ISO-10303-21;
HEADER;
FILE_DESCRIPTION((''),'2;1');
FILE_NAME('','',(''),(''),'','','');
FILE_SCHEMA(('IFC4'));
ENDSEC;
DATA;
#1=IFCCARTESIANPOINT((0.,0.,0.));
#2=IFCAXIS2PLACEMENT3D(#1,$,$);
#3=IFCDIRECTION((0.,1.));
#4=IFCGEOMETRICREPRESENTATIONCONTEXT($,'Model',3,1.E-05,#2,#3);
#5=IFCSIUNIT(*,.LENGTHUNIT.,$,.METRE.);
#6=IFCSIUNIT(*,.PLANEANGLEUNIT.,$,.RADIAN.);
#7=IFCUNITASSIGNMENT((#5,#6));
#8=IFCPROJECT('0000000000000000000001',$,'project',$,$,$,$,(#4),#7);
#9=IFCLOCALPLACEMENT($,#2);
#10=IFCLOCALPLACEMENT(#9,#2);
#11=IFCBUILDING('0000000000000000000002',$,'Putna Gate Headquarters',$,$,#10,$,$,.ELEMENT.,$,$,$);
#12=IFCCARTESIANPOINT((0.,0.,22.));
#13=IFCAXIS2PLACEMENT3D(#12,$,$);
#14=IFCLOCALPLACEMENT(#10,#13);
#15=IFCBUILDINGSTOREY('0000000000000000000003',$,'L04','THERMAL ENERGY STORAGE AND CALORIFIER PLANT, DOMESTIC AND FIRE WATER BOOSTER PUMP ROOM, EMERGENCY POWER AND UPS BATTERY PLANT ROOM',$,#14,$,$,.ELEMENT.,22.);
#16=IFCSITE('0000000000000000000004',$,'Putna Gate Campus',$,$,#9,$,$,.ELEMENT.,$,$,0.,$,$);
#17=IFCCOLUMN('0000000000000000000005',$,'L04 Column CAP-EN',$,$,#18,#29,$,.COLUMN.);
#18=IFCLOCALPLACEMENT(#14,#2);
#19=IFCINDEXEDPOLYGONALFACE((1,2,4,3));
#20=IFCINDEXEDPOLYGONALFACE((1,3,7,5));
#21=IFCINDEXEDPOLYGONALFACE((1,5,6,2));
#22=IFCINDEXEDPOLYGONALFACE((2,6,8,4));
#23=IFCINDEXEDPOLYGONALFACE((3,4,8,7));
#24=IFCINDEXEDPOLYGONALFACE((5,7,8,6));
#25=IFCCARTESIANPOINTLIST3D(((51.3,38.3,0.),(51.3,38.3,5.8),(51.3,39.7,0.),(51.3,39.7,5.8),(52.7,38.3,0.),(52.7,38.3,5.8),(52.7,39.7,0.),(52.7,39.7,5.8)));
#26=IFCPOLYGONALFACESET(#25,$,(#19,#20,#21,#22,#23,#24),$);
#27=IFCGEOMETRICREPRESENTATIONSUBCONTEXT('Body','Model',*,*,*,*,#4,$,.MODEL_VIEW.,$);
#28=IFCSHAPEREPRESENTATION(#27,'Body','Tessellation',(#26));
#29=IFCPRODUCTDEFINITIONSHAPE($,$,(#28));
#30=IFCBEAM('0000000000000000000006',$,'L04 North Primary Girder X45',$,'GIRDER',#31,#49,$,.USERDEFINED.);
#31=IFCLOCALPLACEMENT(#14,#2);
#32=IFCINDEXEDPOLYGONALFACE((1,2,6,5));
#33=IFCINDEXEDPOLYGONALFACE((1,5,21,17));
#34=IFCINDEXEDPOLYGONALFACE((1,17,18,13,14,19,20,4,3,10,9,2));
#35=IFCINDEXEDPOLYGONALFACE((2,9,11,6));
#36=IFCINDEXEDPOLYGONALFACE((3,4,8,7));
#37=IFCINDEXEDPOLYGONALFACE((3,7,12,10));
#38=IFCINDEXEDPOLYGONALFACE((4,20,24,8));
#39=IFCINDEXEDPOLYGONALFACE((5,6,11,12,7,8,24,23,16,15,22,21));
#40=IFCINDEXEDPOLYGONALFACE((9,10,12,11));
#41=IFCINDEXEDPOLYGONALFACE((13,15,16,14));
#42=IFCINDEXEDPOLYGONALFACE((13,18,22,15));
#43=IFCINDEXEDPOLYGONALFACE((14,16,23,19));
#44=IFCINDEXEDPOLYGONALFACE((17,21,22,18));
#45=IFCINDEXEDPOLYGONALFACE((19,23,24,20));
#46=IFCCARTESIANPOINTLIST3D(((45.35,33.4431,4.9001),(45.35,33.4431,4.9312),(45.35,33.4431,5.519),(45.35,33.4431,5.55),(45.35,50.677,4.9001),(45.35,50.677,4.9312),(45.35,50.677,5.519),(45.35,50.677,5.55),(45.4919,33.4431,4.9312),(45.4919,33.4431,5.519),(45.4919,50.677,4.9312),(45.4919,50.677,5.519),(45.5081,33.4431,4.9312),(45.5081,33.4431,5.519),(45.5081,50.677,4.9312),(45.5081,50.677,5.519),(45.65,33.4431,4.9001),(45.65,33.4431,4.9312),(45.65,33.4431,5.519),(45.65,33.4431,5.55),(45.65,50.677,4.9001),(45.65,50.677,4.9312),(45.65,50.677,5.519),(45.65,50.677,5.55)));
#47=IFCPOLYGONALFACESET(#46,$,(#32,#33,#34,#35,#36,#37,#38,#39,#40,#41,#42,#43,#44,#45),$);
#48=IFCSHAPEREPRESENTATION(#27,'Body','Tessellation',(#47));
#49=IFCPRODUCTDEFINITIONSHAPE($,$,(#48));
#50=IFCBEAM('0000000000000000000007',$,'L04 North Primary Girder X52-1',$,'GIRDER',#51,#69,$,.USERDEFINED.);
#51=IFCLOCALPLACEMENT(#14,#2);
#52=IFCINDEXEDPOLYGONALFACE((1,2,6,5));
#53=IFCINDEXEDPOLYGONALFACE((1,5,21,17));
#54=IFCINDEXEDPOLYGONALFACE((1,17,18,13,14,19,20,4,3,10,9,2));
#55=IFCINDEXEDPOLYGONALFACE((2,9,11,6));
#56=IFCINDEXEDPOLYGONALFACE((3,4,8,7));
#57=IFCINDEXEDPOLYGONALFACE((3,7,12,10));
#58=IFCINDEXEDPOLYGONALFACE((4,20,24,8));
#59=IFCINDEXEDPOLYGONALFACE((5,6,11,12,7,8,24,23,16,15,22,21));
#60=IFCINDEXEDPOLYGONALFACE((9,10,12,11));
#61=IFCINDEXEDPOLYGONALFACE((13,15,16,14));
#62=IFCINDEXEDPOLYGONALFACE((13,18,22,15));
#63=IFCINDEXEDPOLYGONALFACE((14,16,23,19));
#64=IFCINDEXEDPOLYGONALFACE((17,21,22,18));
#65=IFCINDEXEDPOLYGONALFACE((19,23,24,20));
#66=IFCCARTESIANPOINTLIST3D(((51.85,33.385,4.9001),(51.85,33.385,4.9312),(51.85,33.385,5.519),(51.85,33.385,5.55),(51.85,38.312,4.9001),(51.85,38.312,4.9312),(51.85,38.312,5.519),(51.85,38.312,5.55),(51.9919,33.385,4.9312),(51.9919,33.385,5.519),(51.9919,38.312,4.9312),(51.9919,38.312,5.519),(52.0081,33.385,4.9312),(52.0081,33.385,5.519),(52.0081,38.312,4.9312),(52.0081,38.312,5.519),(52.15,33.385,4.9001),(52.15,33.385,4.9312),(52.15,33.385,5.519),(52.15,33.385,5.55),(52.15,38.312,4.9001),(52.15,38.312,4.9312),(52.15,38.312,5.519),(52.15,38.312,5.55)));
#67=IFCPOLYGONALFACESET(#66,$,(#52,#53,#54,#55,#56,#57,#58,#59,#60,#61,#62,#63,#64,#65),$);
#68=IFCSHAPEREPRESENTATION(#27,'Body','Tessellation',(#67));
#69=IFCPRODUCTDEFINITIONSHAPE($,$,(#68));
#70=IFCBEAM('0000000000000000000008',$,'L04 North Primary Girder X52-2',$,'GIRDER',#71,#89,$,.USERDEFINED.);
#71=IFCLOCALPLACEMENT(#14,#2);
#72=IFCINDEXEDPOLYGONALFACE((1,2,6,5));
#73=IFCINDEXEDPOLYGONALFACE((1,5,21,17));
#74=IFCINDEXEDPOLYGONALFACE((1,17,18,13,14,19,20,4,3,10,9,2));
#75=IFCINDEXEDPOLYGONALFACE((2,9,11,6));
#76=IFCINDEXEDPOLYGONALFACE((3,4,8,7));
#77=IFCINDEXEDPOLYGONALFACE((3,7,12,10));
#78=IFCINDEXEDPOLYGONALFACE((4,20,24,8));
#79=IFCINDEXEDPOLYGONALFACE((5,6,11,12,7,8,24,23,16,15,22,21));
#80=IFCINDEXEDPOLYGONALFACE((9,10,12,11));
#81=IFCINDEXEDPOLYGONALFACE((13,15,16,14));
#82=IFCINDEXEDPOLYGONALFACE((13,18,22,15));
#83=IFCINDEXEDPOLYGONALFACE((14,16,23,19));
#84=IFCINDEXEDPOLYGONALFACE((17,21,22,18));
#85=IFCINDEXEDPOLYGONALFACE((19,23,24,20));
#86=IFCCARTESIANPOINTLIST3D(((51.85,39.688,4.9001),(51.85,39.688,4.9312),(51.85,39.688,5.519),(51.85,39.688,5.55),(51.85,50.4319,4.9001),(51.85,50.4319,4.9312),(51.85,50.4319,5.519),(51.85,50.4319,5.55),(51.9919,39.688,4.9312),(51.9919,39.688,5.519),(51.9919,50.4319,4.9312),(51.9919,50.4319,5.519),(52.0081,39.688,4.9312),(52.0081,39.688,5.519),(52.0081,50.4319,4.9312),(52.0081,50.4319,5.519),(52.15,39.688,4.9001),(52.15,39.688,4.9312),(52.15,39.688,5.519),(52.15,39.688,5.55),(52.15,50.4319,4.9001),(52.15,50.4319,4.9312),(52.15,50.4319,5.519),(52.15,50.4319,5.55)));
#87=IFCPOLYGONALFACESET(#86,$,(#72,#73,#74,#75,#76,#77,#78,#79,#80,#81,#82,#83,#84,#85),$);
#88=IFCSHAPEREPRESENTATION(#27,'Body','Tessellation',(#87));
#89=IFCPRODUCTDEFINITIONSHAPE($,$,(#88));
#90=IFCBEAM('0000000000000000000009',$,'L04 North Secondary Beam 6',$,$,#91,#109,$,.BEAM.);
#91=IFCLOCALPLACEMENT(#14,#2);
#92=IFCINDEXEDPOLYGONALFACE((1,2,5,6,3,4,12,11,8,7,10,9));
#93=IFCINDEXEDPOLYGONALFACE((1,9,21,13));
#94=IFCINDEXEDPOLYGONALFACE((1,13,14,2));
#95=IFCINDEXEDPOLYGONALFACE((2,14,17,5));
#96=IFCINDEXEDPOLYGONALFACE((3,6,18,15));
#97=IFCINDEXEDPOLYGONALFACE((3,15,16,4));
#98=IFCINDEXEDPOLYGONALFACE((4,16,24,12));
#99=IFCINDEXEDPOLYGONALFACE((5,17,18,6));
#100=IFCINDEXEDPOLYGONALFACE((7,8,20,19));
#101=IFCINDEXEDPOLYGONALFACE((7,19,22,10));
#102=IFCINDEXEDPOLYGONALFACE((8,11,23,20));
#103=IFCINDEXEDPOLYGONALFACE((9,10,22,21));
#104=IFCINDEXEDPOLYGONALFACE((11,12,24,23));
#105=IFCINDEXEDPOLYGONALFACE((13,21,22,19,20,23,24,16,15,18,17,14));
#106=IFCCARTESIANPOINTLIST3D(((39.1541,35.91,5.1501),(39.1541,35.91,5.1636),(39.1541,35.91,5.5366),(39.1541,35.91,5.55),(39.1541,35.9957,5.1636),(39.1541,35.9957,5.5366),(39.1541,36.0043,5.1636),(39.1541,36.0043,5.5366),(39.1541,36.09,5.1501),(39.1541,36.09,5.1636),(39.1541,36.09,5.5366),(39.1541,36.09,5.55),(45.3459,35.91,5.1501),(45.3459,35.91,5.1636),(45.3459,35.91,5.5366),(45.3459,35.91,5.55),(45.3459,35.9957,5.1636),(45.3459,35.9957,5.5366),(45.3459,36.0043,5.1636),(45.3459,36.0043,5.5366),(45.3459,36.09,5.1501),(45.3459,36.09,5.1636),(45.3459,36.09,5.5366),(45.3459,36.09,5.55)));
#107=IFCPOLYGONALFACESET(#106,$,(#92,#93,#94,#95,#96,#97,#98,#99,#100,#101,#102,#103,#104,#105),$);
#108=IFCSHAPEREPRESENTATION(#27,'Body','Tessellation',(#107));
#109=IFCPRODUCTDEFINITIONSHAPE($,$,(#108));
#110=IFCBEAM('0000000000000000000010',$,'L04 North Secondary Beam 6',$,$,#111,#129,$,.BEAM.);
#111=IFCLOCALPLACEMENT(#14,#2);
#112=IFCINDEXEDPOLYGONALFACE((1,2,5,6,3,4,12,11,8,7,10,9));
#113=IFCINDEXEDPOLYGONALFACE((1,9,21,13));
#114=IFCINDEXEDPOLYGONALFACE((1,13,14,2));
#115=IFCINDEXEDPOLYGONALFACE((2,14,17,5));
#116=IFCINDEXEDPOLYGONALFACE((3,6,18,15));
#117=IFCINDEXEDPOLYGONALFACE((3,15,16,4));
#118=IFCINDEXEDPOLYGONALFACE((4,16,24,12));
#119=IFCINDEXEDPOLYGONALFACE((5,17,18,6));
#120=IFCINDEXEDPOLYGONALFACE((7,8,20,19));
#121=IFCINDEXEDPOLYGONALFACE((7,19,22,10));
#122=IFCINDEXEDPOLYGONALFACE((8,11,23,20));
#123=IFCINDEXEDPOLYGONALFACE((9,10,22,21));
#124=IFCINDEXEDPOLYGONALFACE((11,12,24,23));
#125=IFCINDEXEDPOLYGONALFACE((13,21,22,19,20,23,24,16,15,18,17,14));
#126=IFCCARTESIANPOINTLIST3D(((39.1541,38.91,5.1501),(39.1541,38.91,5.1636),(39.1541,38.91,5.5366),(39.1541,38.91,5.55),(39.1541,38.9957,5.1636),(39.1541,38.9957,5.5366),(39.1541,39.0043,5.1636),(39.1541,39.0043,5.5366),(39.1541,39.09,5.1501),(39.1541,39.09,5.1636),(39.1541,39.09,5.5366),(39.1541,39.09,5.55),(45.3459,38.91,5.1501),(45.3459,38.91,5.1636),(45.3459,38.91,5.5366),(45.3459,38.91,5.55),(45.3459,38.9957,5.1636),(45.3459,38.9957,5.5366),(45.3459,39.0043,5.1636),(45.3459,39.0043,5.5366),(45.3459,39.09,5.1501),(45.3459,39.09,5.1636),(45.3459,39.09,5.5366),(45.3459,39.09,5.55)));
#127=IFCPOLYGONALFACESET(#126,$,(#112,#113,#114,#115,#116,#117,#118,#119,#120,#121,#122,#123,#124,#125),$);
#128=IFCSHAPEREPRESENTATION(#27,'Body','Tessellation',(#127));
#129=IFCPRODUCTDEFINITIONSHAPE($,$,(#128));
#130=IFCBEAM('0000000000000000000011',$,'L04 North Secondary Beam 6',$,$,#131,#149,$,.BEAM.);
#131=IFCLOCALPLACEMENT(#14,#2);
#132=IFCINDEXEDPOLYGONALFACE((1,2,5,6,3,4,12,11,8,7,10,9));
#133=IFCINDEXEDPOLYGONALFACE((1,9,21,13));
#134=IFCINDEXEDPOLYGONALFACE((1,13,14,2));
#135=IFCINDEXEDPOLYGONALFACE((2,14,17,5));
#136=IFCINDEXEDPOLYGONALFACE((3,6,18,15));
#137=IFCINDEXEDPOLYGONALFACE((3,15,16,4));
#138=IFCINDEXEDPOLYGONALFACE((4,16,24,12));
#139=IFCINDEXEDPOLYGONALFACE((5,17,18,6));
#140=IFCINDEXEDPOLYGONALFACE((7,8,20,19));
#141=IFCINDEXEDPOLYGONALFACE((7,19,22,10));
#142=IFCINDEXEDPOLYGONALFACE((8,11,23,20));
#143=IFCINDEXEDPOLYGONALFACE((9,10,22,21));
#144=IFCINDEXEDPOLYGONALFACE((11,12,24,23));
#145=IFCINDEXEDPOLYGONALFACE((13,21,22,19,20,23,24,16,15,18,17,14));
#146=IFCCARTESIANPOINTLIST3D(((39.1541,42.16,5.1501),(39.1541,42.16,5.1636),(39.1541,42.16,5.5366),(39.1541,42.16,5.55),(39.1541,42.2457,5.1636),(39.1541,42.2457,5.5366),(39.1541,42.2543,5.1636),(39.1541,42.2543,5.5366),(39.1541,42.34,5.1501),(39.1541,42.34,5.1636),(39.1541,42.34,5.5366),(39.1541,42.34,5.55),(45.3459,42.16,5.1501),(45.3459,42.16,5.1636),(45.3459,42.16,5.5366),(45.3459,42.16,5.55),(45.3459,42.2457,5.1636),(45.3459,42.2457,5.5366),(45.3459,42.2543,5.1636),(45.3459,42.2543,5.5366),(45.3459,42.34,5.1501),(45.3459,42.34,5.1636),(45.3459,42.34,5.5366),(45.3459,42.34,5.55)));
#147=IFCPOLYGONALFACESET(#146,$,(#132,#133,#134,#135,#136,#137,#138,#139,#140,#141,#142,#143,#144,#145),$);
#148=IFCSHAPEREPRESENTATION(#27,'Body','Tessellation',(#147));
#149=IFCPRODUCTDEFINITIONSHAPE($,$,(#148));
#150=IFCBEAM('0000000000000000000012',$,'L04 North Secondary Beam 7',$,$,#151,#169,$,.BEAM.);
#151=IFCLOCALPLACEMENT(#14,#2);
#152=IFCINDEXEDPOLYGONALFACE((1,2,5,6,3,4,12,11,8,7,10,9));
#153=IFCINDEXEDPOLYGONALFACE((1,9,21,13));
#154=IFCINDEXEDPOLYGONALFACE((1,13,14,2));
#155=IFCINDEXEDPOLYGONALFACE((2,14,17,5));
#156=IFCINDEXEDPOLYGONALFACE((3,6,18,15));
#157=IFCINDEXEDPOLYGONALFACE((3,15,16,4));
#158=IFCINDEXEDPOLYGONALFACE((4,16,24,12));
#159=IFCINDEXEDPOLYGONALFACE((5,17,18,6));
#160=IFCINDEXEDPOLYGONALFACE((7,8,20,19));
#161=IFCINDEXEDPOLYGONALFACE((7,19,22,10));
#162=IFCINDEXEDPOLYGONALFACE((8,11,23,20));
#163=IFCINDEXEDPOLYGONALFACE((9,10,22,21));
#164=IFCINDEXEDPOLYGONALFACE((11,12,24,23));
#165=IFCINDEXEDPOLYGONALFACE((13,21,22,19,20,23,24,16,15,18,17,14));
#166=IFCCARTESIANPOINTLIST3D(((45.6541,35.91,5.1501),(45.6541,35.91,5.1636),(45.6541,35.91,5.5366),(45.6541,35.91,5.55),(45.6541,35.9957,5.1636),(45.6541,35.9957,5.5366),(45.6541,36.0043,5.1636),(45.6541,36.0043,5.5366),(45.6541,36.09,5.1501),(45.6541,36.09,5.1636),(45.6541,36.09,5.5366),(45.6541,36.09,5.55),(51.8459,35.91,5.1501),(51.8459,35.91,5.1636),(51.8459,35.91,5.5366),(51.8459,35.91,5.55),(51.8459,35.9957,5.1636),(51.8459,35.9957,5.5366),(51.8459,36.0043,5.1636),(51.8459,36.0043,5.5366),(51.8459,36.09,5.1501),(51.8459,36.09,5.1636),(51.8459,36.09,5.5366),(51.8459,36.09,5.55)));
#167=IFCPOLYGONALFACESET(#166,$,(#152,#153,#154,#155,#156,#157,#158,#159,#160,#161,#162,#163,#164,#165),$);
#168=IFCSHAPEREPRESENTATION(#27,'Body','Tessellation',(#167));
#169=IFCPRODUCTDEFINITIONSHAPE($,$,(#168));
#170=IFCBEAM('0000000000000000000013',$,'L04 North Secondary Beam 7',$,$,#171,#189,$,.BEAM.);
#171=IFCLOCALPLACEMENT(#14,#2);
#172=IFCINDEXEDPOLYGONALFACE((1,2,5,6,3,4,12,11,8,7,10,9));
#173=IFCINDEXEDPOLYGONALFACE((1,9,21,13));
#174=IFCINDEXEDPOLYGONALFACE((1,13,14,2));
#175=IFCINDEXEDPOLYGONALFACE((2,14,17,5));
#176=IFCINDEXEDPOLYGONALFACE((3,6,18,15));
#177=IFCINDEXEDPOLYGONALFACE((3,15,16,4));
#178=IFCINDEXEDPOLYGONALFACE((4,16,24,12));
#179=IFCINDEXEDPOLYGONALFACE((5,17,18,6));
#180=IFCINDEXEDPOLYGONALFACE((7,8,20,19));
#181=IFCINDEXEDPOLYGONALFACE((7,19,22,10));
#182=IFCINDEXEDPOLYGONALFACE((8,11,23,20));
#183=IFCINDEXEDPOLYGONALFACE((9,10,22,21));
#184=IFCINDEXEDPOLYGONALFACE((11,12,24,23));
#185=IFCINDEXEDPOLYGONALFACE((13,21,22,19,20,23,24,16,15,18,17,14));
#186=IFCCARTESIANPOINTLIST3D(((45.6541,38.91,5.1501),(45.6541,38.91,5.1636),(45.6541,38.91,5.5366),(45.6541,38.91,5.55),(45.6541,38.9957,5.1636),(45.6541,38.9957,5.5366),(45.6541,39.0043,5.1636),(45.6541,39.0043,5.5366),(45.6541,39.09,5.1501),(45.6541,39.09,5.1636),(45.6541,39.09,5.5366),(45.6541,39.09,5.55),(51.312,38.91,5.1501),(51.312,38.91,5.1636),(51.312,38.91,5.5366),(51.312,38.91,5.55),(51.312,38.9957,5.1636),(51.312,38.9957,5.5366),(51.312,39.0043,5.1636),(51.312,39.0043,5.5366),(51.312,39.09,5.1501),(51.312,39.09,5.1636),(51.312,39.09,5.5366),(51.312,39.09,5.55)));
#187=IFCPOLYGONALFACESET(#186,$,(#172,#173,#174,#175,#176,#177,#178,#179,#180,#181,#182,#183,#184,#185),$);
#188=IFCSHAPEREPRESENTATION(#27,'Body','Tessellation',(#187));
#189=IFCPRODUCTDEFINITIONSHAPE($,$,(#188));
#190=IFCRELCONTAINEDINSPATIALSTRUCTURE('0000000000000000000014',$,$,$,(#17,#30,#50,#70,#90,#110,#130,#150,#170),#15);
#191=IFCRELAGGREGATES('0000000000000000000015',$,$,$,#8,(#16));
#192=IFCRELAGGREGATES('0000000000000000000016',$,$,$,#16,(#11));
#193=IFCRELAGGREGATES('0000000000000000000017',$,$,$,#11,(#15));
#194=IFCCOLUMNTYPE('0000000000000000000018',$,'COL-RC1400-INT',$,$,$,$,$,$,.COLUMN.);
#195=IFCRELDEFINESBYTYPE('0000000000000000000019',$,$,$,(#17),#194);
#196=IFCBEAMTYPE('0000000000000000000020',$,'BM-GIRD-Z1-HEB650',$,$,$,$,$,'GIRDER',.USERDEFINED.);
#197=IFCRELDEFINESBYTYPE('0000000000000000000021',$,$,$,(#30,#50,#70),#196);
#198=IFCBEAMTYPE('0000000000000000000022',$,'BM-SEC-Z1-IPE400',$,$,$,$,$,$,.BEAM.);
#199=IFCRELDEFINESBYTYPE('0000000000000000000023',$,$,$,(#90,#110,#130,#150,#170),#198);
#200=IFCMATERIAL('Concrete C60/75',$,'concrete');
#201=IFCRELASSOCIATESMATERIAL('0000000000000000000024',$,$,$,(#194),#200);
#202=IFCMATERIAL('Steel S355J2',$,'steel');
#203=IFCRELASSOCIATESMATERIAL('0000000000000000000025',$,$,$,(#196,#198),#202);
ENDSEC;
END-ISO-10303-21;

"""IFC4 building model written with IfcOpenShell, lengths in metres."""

from ifc_helpers import new_model, si_unit, direction, frame, origin, origin_2d, place, context, subcontext, project, spatial, rectangle, i_section, extrude, material, material_profile, profile_set, type_object, element, save


model = new_model("IFC4")

# Units and contexts
model_context = context("Model", 3, precision=1e-05, world=origin(), true_north=direction((0.0, 1.0)))
body_context = subcontext(model_context, "Body", "Model", "MODEL_VIEW")
ifc_project = project(units=[si_unit("LENGTHUNIT", "METRE"), si_unit("PLANEANGLEUNIT", "RADIAN")], contexts=[model_context])

# Site, building, storey
site_placement = place(None, origin())
site = spatial("IfcSite", under=ifc_project, at=site_placement, Name="Putna Gate Campus", CompositionType="ELEMENT", RefElevation=0.0)
building_placement = place(site_placement, origin())
building = spatial("IfcBuilding", under=site, at=building_placement, Name="Putna Gate Headquarters", CompositionType="ELEMENT")
storey_placement = place(building_placement, frame((0.0, 0.0, 22.0)))
storey = spatial("IfcBuildingStorey", under=building, at=storey_placement, Name="L04", Description="THERMAL ENERGY STORAGE AND CALORIFIER PLANT, DOMESTIC AND FIRE WATER BOOSTER PUMP ROOM, EMERGENCY POWER AND UPS BATTERY PLANT ROOM", CompositionType="ELEMENT", Elevation=22.0)

# Column
ifc_material_1 = material(Name="Concrete C60/75", Category="concrete")
ifc_material_profile_1 = material_profile(ifc_material_1, rectangle(XDim=1.3999, YDim=1.3999, at=origin_2d()), Name="Concrete C60/75")
ifc_profile_set_1 = profile_set([ifc_material_profile_1], Name="Concrete C60/75")
column_type = type_object("IfcColumnType", Name="COL-RC1400-INT", PredefinedType="COLUMN", material=ifc_profile_set_1)
column_placement = place(storey_placement, frame((52.0, 39.0, 0.0), z_axis=(0.0, 0.0, 1.0), x_axis=(1.0, 0.0, 0.0)))
element("IfcColumn", 1, at=column_placement, inside=storey, type_object=column_type, Name="L04 Column CAP-EN", PredefinedType="COLUMN", context=body_context, shape_type="SweptSolid", body=[
    extrude(rectangle(XDim=1.3999, YDim=1.3999, at=origin_2d()), origin(), (0.0, 0.0, 1.0), 5.8),
])

# Beams
ifc_material_2 = material(Name="Steel S355J2", Category="steel")
ifc_material_profile_2 = material_profile(ifc_material_2, i_section(OverallWidth=0.3, OverallDepth=0.6499, WebThickness=0.0161, FlangeThickness=0.031, at=origin_2d()), Name="Steel S355J2")
ifc_profile_set_2 = profile_set([ifc_material_profile_2], Name="Steel S355J2")
beam_type_1 = type_object("IfcBeamType", Name="BM-GIRD-Z1-HEB650", ElementType="GIRDER", PredefinedType="USERDEFINED", material=ifc_profile_set_2)
beam_1_placement = place(storey_placement, frame((45.5, 33.4431, 5.2251), z_axis=(0.0, 1.0, 0.0), x_axis=(-1.0, 0.0, 0.0)))
element("IfcBeam", 2, at=beam_1_placement, inside=storey, type_object=beam_type_1, Name="L04 North Primary Girder X45", ObjectType="GIRDER", PredefinedType="USERDEFINED", context=body_context, shape_type="SweptSolid", body=[
    extrude(i_section(OverallWidth=0.3, OverallDepth=0.6499, WebThickness=0.0161, FlangeThickness=0.031, at=origin_2d()), origin(), (0.0, 0.0, 1.0), 17.2339),
])
beam_2_placement = place(storey_placement, frame((52.0, 33.385, 5.2251), z_axis=(0.0, 1.0, 0.0), x_axis=(-1.0, 0.0, 0.0)))
element("IfcBeam", 3, at=beam_2_placement, inside=storey, type_object=beam_type_1, Name="L04 North Primary Girder X52-1", ObjectType="GIRDER", PredefinedType="USERDEFINED", context=body_context, shape_type="SweptSolid", body=[
    extrude(i_section(OverallWidth=0.3, OverallDepth=0.6499, WebThickness=0.0161, FlangeThickness=0.031, at=origin_2d()), origin(), (0.0, 0.0, 1.0), 4.927),
])
beam_3_placement = place(storey_placement, frame((52.0, 39.688, 5.2251), z_axis=(0.0, 1.0, 0.0), x_axis=(-1.0, 0.0, 0.0)))
element("IfcBeam", 4, at=beam_3_placement, inside=storey, type_object=beam_type_1, Name="L04 North Primary Girder X52-2", ObjectType="GIRDER", PredefinedType="USERDEFINED", context=body_context, shape_type="SweptSolid", body=[
    extrude(i_section(OverallWidth=0.3, OverallDepth=0.6499, WebThickness=0.0161, FlangeThickness=0.031, at=origin_2d()), origin(), (0.0, 0.0, 1.0), 10.7439),
])
ifc_material_profile_3 = material_profile(ifc_material_2, i_section(OverallWidth=0.1799, OverallDepth=0.3999, WebThickness=0.0085, FlangeThickness=0.0134, at=origin_2d()), Name="Steel S355J2")
ifc_profile_set_3 = profile_set([ifc_material_profile_3], Name="Steel S355J2")
beam_type_2 = type_object("IfcBeamType", Name="BM-SEC-Z1-IPE400", PredefinedType="BEAM", material=ifc_profile_set_3)
for number, where, z_axis, x_axis, name in (
    (5, (39.1541, 36.0, 5.3501), (1.0, 0.0, 0.0), (0.0, 1.0, 0.0), "L04 North Secondary Beam 6"),
    (6, (39.1541, 39.0, 5.3501), (1.0, 0.0, 0.0), (0.0, 1.0, 0.0), "L04 North Secondary Beam 6"),
    (7, (39.1541, 42.25, 5.3501), (1.0, 0.0, 0.0), (0.0, 1.0, 0.0), "L04 North Secondary Beam 6"),
    (8, (45.6541, 36.0, 5.3501), (1.0, 0.0, 0.0), (0.0, 1.0, 0.0), "L04 North Secondary Beam 7"),
):
    element("IfcBeam", number, at=place(storey_placement, frame(where, z_axis=z_axis, x_axis=x_axis)), inside=storey, type_object=beam_type_2, Name=name, PredefinedType="BEAM", context=body_context, shape_type="SweptSolid", body=[
        extrude(i_section(OverallWidth=0.1799, OverallDepth=0.3999, WebThickness=0.0085, FlangeThickness=0.0134, at=origin_2d()), origin(), (0.0, 0.0, 1.0), 6.1919),
    ])
beam_4_placement = place(storey_placement, frame((45.6541, 39.0, 5.3501), z_axis=(1.0, 0.0, 0.0), x_axis=(0.0, 1.0, 0.0)))
element("IfcBeam", 9, at=beam_4_placement, inside=storey, type_object=beam_type_2, Name="L04 North Secondary Beam 7", PredefinedType="BEAM", context=body_context, shape_type="SweptSolid", body=[
    extrude(i_section(OverallWidth=0.1799, OverallDepth=0.3999, WebThickness=0.0085, FlangeThickness=0.0134, at=origin_2d()), origin(), (0.0, 0.0, 1.0), 5.658),
])

save(model, "model.ifc")
